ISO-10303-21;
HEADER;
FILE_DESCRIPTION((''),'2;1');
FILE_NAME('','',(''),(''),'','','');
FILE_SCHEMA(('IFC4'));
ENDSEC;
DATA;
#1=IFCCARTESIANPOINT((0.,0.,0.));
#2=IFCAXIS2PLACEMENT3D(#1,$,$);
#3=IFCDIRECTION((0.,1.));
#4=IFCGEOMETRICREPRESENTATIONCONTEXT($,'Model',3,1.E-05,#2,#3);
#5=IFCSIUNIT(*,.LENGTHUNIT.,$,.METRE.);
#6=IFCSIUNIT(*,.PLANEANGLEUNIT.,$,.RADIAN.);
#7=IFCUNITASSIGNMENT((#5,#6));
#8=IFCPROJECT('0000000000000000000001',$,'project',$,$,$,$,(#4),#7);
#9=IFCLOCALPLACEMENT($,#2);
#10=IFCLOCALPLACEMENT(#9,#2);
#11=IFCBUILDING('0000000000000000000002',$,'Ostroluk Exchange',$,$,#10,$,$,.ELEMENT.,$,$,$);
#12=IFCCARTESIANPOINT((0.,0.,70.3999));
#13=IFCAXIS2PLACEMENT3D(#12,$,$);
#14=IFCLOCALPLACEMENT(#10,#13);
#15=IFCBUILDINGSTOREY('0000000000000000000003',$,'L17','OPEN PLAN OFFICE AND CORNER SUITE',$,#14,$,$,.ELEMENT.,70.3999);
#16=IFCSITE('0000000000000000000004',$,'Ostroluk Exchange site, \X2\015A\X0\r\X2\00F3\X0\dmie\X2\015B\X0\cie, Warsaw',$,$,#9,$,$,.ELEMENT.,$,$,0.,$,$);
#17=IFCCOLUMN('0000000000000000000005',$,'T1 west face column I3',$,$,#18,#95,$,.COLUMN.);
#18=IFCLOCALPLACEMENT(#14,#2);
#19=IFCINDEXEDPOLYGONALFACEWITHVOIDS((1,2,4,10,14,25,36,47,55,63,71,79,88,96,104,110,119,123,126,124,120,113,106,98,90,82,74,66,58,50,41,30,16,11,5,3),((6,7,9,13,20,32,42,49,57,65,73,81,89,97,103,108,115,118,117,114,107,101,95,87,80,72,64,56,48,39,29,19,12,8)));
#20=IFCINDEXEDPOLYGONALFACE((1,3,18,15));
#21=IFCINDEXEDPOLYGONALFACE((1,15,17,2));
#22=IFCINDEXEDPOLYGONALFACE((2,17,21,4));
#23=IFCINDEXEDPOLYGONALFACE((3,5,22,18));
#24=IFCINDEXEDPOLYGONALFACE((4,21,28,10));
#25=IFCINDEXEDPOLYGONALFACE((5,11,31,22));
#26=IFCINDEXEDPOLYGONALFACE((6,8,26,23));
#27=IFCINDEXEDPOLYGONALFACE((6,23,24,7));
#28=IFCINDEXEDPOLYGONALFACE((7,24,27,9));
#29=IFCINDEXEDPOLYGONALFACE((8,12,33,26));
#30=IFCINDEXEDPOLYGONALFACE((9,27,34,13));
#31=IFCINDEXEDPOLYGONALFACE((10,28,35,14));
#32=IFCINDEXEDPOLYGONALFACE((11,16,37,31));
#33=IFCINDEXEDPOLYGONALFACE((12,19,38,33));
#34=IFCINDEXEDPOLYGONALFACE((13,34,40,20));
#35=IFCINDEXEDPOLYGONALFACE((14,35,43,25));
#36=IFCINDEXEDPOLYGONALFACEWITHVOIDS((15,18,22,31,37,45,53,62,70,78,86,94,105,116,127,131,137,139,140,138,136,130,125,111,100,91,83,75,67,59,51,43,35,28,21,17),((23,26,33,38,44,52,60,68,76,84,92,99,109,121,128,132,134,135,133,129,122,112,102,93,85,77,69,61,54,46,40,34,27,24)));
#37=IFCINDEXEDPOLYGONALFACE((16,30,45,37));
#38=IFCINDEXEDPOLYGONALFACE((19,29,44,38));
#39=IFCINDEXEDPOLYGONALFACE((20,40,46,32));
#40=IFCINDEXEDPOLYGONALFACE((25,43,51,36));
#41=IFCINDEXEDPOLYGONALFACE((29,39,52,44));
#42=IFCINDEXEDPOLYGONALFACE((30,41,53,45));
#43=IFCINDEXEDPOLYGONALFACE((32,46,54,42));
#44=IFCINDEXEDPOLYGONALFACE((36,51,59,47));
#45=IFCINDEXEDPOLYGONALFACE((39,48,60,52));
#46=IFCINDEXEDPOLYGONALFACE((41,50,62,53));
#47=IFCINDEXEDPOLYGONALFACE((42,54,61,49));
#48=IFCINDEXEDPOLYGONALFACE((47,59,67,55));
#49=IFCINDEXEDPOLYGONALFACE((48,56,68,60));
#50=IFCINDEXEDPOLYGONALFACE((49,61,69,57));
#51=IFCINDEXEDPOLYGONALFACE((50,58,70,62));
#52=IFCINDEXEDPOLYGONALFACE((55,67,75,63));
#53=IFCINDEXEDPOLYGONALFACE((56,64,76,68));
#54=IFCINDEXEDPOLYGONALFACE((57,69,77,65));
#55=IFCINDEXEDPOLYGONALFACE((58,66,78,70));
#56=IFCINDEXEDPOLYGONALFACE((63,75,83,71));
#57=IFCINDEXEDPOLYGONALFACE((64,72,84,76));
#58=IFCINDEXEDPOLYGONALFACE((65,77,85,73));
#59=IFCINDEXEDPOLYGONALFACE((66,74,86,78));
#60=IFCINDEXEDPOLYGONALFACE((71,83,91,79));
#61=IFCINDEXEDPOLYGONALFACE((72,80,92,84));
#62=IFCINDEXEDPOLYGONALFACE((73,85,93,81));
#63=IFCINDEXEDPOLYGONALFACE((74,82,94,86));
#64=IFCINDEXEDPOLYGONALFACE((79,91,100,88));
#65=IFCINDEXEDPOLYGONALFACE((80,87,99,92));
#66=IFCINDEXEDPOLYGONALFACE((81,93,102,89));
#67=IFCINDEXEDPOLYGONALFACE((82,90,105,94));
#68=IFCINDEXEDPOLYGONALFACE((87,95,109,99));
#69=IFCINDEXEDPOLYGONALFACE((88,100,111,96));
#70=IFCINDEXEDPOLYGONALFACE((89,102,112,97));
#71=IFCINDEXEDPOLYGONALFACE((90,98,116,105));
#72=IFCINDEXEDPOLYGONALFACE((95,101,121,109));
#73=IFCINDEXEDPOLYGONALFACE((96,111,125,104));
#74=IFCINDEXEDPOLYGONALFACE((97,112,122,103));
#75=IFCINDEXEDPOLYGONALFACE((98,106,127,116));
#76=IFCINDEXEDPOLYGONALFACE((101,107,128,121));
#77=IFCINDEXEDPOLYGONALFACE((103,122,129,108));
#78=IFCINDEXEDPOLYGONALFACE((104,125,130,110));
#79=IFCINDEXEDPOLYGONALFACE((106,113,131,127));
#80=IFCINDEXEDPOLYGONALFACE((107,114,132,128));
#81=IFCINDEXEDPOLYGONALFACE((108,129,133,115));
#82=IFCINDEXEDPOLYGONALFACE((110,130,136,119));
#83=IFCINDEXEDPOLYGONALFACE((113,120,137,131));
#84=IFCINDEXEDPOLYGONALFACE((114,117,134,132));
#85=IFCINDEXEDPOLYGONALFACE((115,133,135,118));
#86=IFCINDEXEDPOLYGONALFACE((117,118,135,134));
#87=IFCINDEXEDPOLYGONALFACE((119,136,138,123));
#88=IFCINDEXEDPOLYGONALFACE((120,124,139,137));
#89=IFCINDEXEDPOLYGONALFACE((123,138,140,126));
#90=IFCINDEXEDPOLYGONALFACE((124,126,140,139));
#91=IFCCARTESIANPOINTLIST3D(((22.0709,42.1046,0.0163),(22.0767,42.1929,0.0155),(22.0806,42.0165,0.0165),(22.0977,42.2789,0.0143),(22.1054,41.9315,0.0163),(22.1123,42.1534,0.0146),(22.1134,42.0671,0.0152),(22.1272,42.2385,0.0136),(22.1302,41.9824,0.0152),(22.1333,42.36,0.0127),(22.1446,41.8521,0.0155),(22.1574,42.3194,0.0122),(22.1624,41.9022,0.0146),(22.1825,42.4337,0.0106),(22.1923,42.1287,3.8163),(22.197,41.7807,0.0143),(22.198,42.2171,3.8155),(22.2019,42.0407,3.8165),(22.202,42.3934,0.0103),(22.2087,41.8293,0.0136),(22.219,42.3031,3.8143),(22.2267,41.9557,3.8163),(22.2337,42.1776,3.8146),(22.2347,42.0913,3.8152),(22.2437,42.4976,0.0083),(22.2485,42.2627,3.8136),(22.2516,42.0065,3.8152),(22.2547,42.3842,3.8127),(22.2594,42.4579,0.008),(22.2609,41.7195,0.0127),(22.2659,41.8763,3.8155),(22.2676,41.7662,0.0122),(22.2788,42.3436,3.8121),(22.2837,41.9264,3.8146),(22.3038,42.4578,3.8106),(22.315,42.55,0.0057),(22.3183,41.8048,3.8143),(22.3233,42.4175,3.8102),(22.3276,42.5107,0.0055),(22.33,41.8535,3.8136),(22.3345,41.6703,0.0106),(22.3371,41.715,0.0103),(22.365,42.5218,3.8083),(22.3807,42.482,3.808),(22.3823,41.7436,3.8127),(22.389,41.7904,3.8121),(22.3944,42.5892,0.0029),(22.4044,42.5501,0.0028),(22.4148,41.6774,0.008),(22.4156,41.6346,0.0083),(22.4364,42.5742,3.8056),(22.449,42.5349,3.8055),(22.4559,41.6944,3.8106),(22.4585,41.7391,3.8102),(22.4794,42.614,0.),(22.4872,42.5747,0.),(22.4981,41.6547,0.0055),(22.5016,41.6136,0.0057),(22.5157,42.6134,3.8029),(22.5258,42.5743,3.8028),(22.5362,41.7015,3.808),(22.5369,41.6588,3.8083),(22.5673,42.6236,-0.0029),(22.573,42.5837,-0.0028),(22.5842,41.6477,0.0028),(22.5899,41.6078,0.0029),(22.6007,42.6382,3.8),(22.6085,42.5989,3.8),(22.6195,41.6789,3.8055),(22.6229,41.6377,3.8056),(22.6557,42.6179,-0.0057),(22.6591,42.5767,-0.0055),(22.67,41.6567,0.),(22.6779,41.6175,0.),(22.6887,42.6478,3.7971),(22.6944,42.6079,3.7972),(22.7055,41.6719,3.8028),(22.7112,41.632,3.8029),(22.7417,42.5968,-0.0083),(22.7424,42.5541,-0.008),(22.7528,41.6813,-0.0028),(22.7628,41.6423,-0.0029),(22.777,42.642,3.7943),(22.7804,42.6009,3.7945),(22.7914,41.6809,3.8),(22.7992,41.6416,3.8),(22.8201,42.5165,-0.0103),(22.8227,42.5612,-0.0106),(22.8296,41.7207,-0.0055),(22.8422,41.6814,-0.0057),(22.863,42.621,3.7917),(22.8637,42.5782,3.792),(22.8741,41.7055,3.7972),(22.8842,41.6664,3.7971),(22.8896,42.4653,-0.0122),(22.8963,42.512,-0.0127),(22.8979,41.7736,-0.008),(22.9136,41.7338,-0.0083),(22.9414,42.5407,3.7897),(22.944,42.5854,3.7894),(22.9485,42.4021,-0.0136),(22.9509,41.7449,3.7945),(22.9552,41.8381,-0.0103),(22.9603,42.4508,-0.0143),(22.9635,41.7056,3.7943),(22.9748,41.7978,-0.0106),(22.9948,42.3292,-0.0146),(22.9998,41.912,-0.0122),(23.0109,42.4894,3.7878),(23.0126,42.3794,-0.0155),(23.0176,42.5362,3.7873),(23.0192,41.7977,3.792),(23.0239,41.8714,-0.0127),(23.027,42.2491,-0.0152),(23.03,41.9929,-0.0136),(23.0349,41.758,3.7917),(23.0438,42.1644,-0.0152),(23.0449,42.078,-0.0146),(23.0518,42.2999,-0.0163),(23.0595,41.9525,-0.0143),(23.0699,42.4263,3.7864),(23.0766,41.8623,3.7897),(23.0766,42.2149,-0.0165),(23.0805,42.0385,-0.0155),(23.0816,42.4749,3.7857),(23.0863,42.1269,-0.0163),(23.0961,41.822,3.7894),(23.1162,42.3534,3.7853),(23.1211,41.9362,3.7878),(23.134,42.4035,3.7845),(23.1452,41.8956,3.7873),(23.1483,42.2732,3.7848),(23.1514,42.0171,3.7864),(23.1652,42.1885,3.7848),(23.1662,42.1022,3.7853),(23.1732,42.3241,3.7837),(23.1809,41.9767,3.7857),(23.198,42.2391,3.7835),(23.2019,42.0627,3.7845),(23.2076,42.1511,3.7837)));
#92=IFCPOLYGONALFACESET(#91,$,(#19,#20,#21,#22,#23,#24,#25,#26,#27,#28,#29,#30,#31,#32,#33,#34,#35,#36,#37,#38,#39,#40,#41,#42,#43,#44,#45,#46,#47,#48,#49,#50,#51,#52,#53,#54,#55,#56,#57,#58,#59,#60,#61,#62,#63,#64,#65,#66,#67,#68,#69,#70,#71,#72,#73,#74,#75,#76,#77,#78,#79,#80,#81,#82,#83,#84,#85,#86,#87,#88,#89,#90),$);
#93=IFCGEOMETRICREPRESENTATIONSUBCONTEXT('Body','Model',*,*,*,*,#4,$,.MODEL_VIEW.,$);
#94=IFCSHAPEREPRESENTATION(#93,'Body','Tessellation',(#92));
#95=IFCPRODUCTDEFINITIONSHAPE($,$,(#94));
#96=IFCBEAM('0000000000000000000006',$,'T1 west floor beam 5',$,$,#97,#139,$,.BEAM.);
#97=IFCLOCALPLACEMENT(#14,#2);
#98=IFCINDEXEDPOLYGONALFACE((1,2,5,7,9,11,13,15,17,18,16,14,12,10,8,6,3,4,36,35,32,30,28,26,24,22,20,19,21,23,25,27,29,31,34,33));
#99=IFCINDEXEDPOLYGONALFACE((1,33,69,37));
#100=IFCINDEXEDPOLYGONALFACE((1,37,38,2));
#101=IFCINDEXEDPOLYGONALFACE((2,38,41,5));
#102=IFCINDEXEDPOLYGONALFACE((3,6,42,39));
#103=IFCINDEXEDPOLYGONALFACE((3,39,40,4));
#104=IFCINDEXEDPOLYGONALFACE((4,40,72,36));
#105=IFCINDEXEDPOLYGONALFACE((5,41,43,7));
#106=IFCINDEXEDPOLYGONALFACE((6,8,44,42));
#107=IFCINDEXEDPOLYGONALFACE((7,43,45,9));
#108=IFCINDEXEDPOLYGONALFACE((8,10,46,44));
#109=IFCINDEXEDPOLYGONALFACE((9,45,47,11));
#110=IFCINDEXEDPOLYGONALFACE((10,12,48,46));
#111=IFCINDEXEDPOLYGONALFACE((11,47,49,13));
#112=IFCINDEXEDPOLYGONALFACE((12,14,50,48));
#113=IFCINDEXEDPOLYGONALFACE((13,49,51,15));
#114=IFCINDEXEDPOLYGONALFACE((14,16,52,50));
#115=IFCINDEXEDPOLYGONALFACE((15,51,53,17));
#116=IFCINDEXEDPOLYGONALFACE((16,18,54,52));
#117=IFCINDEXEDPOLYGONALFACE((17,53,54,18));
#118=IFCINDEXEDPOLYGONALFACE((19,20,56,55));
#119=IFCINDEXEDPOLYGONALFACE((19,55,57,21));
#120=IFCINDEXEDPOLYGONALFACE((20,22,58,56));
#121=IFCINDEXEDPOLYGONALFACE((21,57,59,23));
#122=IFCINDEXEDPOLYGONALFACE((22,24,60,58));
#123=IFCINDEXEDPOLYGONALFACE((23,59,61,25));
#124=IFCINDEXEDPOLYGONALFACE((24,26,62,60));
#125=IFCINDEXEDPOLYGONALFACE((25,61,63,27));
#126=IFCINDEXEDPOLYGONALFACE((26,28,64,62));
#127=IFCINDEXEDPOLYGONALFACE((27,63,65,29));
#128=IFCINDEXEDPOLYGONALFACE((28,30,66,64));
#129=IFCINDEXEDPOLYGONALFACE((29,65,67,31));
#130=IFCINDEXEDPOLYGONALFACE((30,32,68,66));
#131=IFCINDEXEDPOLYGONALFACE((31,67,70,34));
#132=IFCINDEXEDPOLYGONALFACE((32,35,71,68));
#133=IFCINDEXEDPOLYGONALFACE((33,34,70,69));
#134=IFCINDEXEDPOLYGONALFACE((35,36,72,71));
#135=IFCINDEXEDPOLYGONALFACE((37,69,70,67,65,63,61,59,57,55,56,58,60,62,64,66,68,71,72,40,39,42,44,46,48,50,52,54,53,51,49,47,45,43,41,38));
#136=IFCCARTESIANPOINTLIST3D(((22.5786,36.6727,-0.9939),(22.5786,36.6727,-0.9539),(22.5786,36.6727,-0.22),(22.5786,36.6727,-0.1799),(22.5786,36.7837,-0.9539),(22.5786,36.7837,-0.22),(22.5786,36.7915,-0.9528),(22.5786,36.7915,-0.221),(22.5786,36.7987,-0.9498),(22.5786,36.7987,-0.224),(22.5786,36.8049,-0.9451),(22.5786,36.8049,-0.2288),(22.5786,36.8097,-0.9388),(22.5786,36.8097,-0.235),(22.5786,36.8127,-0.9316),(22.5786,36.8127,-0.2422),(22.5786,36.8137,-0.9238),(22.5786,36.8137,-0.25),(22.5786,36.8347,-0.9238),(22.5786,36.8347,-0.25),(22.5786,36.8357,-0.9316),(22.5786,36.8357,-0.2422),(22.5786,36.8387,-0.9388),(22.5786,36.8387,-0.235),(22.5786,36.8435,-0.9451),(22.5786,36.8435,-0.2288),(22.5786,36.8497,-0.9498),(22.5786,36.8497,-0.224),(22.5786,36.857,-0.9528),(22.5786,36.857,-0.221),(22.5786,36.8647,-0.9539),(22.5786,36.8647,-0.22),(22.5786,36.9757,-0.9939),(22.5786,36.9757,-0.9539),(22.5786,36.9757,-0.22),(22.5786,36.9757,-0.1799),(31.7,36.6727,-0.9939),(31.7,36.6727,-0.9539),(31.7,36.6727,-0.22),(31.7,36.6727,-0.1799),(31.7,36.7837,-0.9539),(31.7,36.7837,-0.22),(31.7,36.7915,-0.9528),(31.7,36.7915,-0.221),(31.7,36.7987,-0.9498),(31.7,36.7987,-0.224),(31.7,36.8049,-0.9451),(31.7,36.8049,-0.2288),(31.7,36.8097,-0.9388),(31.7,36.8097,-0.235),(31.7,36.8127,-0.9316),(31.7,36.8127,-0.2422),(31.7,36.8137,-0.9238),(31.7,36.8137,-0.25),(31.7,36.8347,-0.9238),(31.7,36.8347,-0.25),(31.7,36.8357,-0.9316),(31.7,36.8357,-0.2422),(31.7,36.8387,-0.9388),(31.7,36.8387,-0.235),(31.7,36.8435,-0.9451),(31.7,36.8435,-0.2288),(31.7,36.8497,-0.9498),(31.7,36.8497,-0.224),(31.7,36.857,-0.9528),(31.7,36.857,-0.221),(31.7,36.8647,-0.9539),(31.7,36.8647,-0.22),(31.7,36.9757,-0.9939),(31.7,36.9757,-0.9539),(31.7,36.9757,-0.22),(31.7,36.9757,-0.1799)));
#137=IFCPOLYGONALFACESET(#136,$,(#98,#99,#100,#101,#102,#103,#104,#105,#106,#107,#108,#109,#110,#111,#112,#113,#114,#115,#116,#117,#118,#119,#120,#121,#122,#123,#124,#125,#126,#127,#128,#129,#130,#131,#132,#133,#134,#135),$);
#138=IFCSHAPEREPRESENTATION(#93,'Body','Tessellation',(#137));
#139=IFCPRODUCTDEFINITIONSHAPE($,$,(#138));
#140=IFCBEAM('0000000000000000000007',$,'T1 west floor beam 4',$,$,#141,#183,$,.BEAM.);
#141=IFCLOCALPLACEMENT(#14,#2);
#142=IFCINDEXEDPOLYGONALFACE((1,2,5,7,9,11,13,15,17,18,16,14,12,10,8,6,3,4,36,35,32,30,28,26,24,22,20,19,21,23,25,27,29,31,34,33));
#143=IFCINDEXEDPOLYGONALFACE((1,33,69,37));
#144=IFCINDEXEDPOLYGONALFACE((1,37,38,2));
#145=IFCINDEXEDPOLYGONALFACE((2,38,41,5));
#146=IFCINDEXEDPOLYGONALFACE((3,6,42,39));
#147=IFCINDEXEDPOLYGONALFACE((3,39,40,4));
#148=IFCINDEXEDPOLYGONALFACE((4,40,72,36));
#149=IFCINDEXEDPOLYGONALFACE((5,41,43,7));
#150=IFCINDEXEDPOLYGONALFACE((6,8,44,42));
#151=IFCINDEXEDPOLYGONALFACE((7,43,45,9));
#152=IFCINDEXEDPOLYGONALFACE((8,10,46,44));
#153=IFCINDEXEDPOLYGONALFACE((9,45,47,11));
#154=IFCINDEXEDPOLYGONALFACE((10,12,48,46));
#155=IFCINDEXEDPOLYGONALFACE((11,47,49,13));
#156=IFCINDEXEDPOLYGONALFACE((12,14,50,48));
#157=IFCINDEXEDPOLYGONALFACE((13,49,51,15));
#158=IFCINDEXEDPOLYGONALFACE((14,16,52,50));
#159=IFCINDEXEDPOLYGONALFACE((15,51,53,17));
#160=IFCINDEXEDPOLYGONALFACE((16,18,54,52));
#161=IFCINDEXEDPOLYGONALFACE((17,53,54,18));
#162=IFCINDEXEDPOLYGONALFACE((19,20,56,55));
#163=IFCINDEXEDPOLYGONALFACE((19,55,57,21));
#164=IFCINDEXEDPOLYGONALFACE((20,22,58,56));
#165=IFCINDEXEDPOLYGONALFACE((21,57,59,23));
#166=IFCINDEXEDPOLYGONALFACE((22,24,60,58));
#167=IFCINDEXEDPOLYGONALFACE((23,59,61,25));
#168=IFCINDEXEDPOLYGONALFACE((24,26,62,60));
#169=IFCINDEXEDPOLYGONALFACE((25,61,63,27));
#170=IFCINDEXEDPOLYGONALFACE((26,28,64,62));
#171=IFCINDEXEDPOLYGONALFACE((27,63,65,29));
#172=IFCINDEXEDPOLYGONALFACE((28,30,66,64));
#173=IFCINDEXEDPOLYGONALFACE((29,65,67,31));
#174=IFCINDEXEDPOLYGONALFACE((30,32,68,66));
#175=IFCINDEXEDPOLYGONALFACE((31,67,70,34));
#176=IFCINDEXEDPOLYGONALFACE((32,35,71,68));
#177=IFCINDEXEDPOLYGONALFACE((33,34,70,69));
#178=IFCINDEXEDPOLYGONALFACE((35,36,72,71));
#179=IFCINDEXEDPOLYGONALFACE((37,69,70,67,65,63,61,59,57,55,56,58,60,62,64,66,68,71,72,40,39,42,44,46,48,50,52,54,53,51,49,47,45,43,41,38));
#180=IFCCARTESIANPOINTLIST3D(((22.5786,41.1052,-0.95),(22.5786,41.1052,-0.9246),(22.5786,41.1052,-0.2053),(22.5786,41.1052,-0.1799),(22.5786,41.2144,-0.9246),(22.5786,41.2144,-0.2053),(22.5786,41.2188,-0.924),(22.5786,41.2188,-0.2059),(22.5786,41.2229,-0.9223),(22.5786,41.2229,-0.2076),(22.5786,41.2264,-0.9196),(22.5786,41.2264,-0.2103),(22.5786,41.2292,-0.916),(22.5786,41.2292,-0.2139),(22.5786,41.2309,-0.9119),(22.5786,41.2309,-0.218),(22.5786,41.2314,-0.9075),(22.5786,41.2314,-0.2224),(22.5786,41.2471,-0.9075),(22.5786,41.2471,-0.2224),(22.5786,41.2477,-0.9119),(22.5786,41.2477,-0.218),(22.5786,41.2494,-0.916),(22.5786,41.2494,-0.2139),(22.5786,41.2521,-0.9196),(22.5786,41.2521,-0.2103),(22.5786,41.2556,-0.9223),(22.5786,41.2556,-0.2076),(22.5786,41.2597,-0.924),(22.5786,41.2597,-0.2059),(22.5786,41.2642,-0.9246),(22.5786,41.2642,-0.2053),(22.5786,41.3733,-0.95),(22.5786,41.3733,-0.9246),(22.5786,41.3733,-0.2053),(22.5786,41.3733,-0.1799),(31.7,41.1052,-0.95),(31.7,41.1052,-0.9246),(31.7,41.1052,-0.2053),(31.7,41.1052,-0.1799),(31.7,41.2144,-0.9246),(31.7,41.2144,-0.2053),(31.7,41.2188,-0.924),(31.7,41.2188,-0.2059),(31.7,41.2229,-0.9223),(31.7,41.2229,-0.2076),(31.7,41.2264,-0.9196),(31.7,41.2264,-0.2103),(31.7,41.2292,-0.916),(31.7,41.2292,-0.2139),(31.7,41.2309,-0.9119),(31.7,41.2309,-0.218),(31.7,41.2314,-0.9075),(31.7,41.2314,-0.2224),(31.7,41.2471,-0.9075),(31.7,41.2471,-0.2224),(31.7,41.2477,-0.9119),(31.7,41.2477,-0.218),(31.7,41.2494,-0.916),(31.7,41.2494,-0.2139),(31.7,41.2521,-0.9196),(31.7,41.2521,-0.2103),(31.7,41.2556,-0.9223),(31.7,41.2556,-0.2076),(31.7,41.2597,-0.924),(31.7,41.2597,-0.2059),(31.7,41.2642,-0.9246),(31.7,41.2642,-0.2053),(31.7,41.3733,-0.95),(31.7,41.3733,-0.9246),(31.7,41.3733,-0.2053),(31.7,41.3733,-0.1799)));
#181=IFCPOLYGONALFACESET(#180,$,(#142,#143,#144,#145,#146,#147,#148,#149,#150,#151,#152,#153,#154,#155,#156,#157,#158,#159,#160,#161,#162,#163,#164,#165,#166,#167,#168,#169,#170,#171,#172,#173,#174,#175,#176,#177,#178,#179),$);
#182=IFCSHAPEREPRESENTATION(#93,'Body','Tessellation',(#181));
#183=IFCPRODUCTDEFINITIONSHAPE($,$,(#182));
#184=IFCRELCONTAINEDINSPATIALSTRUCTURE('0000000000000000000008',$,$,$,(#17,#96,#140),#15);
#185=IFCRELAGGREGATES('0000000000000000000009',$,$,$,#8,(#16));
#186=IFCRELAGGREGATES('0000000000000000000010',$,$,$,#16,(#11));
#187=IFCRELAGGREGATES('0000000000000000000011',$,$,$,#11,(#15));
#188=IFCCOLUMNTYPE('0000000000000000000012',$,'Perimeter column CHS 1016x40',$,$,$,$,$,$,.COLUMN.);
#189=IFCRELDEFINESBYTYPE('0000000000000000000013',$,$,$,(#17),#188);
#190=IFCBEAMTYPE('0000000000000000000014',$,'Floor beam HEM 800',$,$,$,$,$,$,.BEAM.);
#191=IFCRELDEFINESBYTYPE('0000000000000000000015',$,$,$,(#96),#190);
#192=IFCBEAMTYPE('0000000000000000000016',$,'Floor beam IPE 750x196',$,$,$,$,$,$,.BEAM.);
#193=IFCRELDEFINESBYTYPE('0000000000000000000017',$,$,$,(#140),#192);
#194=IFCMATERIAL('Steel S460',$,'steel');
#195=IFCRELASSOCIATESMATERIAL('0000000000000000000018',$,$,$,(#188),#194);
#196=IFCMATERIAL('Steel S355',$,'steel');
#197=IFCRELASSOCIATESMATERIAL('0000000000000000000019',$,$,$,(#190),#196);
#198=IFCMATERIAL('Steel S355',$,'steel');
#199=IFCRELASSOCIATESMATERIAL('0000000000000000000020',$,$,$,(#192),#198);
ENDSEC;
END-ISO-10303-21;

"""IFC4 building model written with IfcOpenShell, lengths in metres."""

from ifc_helpers import new_model, si_unit, direction, frame, origin, origin_2d, place, context, subcontext, project, spatial, hollow_circle, i_section, extrude, material, material_profile, profile_set, type_object, element, save


model = new_model("IFC4")

# Units and contexts
model_context = context("Model", 3, precision=1e-05, world=origin(), true_north=direction((0.0, 1.0)))
body_context = subcontext(model_context, "Body", "Model", "MODEL_VIEW")
ifc_project = project(units=[si_unit("LENGTHUNIT", "METRE"), si_unit("PLANEANGLEUNIT", "RADIAN")], contexts=[model_context])

# Site, building, storey
site_placement = place(None, origin())
site = spatial("IfcSite", under=ifc_project, at=site_placement, Name="Ostroluk Exchange site, Śródmieście, Warsaw", CompositionType="ELEMENT", RefElevation=0.0)
building_placement = place(site_placement, origin())
building = spatial("IfcBuilding", under=site, at=building_placement, Name="Ostroluk Exchange", CompositionType="ELEMENT")
storey_placement = place(building_placement, frame((0.0, 0.0, 70.3999)))
storey = spatial("IfcBuildingStorey", under=building, at=storey_placement, Name="L17", Description="OPEN PLAN OFFICE AND CORNER SUITE", CompositionType="ELEMENT", Elevation=70.3999)

# Column
ifc_material_1 = material(Name="Steel S460", Category="steel")
ifc_material_profile_1 = material_profile(ifc_material_1, hollow_circle(Radius=0.5081, WallThickness=0.04, at=origin_2d()), Name="CHS 1016x40")
ifc_profile_set_1 = profile_set([ifc_material_profile_1], Name="Steel S460")
column_type = type_object("IfcColumnType", Name="Perimeter column CHS 1016x40", PredefinedType="COLUMN", material=ifc_profile_set_1)
column_placement = place(storey_placement, frame((22.5786, 42.1157, 0.0), z_axis=(0.031914, 0.006357, 0.99947), x_axis=(-0.195357, 0.980732, 0.0)))
element("IfcColumn", 1, at=column_placement, inside=storey, type_object=column_type, Name="T1 west face column I3", PredefinedType="COLUMN", context=body_context, shape_type="SweptSolid", body=[
    extrude(hollow_circle(Radius=0.5081, WallThickness=0.04, at=origin_2d()), origin(), (0.0, 0.0, 1.0), 3.802),
])

# Beams
ifc_material_2 = material(Name="Steel S355", Category="steel")
ifc_material_profile_2 = material_profile(ifc_material_2, i_section(OverallWidth=0.303, OverallDepth=0.814, WebThickness=0.021, FlangeThickness=0.04, FilletRadius=0.03, at=origin_2d()), Name="HEM 800")
ifc_profile_set_2 = profile_set([ifc_material_profile_2], Name="Steel S355")
beam_type_1 = type_object("IfcBeamType", Name="Floor beam HEM 800", PredefinedType="BEAM", material=ifc_profile_set_2)
beam_1_placement = place(storey_placement, frame((31.7, 36.8242, -0.5869), z_axis=(-1.0, 0.0, 0.0), x_axis=(0.0, -1.0, 0.0)))
element("IfcBeam", 2, at=beam_1_placement, inside=storey, type_object=beam_type_1, Name="T1 west floor beam 5", PredefinedType="BEAM", context=body_context, shape_type="SweptSolid", body=[
    extrude(i_section(OverallWidth=0.303, OverallDepth=0.814, WebThickness=0.021, FlangeThickness=0.04, FilletRadius=0.03, at=origin_2d()), origin(), (0.0, 0.0, 1.0), 9.1213),
])
ifc_material_3 = material(Name="Steel S355", Category="steel")
ifc_material_profile_3 = material_profile(ifc_material_3, i_section(OverallWidth=0.2681, OverallDepth=0.77, WebThickness=0.0156, FlangeThickness=0.0254, FilletRadius=0.0171, at=origin_2d()), Name="IPE 750x196")
ifc_profile_set_3 = profile_set([ifc_material_profile_3], Name="Steel S355")
beam_type_2 = type_object("IfcBeamType", Name="Floor beam IPE 750x196", PredefinedType="BEAM", material=ifc_profile_set_3)
beam_2_placement = place(storey_placement, frame((31.7, 41.2393, -0.5649), z_axis=(-1.0, 0.0, 0.0), x_axis=(0.0, -1.0, 0.0)))
element("IfcBeam", 3, at=beam_2_placement, inside=storey, type_object=beam_type_2, Name="T1 west floor beam 4", PredefinedType="BEAM", context=body_context, shape_type="SweptSolid", body=[
    extrude(i_section(OverallWidth=0.2681, OverallDepth=0.77, WebThickness=0.0156, FlangeThickness=0.0254, FilletRadius=0.0171, at=origin_2d()), origin(), (0.0, 0.0, 1.0), 9.1213),
])

save(model, "model.ifc")
